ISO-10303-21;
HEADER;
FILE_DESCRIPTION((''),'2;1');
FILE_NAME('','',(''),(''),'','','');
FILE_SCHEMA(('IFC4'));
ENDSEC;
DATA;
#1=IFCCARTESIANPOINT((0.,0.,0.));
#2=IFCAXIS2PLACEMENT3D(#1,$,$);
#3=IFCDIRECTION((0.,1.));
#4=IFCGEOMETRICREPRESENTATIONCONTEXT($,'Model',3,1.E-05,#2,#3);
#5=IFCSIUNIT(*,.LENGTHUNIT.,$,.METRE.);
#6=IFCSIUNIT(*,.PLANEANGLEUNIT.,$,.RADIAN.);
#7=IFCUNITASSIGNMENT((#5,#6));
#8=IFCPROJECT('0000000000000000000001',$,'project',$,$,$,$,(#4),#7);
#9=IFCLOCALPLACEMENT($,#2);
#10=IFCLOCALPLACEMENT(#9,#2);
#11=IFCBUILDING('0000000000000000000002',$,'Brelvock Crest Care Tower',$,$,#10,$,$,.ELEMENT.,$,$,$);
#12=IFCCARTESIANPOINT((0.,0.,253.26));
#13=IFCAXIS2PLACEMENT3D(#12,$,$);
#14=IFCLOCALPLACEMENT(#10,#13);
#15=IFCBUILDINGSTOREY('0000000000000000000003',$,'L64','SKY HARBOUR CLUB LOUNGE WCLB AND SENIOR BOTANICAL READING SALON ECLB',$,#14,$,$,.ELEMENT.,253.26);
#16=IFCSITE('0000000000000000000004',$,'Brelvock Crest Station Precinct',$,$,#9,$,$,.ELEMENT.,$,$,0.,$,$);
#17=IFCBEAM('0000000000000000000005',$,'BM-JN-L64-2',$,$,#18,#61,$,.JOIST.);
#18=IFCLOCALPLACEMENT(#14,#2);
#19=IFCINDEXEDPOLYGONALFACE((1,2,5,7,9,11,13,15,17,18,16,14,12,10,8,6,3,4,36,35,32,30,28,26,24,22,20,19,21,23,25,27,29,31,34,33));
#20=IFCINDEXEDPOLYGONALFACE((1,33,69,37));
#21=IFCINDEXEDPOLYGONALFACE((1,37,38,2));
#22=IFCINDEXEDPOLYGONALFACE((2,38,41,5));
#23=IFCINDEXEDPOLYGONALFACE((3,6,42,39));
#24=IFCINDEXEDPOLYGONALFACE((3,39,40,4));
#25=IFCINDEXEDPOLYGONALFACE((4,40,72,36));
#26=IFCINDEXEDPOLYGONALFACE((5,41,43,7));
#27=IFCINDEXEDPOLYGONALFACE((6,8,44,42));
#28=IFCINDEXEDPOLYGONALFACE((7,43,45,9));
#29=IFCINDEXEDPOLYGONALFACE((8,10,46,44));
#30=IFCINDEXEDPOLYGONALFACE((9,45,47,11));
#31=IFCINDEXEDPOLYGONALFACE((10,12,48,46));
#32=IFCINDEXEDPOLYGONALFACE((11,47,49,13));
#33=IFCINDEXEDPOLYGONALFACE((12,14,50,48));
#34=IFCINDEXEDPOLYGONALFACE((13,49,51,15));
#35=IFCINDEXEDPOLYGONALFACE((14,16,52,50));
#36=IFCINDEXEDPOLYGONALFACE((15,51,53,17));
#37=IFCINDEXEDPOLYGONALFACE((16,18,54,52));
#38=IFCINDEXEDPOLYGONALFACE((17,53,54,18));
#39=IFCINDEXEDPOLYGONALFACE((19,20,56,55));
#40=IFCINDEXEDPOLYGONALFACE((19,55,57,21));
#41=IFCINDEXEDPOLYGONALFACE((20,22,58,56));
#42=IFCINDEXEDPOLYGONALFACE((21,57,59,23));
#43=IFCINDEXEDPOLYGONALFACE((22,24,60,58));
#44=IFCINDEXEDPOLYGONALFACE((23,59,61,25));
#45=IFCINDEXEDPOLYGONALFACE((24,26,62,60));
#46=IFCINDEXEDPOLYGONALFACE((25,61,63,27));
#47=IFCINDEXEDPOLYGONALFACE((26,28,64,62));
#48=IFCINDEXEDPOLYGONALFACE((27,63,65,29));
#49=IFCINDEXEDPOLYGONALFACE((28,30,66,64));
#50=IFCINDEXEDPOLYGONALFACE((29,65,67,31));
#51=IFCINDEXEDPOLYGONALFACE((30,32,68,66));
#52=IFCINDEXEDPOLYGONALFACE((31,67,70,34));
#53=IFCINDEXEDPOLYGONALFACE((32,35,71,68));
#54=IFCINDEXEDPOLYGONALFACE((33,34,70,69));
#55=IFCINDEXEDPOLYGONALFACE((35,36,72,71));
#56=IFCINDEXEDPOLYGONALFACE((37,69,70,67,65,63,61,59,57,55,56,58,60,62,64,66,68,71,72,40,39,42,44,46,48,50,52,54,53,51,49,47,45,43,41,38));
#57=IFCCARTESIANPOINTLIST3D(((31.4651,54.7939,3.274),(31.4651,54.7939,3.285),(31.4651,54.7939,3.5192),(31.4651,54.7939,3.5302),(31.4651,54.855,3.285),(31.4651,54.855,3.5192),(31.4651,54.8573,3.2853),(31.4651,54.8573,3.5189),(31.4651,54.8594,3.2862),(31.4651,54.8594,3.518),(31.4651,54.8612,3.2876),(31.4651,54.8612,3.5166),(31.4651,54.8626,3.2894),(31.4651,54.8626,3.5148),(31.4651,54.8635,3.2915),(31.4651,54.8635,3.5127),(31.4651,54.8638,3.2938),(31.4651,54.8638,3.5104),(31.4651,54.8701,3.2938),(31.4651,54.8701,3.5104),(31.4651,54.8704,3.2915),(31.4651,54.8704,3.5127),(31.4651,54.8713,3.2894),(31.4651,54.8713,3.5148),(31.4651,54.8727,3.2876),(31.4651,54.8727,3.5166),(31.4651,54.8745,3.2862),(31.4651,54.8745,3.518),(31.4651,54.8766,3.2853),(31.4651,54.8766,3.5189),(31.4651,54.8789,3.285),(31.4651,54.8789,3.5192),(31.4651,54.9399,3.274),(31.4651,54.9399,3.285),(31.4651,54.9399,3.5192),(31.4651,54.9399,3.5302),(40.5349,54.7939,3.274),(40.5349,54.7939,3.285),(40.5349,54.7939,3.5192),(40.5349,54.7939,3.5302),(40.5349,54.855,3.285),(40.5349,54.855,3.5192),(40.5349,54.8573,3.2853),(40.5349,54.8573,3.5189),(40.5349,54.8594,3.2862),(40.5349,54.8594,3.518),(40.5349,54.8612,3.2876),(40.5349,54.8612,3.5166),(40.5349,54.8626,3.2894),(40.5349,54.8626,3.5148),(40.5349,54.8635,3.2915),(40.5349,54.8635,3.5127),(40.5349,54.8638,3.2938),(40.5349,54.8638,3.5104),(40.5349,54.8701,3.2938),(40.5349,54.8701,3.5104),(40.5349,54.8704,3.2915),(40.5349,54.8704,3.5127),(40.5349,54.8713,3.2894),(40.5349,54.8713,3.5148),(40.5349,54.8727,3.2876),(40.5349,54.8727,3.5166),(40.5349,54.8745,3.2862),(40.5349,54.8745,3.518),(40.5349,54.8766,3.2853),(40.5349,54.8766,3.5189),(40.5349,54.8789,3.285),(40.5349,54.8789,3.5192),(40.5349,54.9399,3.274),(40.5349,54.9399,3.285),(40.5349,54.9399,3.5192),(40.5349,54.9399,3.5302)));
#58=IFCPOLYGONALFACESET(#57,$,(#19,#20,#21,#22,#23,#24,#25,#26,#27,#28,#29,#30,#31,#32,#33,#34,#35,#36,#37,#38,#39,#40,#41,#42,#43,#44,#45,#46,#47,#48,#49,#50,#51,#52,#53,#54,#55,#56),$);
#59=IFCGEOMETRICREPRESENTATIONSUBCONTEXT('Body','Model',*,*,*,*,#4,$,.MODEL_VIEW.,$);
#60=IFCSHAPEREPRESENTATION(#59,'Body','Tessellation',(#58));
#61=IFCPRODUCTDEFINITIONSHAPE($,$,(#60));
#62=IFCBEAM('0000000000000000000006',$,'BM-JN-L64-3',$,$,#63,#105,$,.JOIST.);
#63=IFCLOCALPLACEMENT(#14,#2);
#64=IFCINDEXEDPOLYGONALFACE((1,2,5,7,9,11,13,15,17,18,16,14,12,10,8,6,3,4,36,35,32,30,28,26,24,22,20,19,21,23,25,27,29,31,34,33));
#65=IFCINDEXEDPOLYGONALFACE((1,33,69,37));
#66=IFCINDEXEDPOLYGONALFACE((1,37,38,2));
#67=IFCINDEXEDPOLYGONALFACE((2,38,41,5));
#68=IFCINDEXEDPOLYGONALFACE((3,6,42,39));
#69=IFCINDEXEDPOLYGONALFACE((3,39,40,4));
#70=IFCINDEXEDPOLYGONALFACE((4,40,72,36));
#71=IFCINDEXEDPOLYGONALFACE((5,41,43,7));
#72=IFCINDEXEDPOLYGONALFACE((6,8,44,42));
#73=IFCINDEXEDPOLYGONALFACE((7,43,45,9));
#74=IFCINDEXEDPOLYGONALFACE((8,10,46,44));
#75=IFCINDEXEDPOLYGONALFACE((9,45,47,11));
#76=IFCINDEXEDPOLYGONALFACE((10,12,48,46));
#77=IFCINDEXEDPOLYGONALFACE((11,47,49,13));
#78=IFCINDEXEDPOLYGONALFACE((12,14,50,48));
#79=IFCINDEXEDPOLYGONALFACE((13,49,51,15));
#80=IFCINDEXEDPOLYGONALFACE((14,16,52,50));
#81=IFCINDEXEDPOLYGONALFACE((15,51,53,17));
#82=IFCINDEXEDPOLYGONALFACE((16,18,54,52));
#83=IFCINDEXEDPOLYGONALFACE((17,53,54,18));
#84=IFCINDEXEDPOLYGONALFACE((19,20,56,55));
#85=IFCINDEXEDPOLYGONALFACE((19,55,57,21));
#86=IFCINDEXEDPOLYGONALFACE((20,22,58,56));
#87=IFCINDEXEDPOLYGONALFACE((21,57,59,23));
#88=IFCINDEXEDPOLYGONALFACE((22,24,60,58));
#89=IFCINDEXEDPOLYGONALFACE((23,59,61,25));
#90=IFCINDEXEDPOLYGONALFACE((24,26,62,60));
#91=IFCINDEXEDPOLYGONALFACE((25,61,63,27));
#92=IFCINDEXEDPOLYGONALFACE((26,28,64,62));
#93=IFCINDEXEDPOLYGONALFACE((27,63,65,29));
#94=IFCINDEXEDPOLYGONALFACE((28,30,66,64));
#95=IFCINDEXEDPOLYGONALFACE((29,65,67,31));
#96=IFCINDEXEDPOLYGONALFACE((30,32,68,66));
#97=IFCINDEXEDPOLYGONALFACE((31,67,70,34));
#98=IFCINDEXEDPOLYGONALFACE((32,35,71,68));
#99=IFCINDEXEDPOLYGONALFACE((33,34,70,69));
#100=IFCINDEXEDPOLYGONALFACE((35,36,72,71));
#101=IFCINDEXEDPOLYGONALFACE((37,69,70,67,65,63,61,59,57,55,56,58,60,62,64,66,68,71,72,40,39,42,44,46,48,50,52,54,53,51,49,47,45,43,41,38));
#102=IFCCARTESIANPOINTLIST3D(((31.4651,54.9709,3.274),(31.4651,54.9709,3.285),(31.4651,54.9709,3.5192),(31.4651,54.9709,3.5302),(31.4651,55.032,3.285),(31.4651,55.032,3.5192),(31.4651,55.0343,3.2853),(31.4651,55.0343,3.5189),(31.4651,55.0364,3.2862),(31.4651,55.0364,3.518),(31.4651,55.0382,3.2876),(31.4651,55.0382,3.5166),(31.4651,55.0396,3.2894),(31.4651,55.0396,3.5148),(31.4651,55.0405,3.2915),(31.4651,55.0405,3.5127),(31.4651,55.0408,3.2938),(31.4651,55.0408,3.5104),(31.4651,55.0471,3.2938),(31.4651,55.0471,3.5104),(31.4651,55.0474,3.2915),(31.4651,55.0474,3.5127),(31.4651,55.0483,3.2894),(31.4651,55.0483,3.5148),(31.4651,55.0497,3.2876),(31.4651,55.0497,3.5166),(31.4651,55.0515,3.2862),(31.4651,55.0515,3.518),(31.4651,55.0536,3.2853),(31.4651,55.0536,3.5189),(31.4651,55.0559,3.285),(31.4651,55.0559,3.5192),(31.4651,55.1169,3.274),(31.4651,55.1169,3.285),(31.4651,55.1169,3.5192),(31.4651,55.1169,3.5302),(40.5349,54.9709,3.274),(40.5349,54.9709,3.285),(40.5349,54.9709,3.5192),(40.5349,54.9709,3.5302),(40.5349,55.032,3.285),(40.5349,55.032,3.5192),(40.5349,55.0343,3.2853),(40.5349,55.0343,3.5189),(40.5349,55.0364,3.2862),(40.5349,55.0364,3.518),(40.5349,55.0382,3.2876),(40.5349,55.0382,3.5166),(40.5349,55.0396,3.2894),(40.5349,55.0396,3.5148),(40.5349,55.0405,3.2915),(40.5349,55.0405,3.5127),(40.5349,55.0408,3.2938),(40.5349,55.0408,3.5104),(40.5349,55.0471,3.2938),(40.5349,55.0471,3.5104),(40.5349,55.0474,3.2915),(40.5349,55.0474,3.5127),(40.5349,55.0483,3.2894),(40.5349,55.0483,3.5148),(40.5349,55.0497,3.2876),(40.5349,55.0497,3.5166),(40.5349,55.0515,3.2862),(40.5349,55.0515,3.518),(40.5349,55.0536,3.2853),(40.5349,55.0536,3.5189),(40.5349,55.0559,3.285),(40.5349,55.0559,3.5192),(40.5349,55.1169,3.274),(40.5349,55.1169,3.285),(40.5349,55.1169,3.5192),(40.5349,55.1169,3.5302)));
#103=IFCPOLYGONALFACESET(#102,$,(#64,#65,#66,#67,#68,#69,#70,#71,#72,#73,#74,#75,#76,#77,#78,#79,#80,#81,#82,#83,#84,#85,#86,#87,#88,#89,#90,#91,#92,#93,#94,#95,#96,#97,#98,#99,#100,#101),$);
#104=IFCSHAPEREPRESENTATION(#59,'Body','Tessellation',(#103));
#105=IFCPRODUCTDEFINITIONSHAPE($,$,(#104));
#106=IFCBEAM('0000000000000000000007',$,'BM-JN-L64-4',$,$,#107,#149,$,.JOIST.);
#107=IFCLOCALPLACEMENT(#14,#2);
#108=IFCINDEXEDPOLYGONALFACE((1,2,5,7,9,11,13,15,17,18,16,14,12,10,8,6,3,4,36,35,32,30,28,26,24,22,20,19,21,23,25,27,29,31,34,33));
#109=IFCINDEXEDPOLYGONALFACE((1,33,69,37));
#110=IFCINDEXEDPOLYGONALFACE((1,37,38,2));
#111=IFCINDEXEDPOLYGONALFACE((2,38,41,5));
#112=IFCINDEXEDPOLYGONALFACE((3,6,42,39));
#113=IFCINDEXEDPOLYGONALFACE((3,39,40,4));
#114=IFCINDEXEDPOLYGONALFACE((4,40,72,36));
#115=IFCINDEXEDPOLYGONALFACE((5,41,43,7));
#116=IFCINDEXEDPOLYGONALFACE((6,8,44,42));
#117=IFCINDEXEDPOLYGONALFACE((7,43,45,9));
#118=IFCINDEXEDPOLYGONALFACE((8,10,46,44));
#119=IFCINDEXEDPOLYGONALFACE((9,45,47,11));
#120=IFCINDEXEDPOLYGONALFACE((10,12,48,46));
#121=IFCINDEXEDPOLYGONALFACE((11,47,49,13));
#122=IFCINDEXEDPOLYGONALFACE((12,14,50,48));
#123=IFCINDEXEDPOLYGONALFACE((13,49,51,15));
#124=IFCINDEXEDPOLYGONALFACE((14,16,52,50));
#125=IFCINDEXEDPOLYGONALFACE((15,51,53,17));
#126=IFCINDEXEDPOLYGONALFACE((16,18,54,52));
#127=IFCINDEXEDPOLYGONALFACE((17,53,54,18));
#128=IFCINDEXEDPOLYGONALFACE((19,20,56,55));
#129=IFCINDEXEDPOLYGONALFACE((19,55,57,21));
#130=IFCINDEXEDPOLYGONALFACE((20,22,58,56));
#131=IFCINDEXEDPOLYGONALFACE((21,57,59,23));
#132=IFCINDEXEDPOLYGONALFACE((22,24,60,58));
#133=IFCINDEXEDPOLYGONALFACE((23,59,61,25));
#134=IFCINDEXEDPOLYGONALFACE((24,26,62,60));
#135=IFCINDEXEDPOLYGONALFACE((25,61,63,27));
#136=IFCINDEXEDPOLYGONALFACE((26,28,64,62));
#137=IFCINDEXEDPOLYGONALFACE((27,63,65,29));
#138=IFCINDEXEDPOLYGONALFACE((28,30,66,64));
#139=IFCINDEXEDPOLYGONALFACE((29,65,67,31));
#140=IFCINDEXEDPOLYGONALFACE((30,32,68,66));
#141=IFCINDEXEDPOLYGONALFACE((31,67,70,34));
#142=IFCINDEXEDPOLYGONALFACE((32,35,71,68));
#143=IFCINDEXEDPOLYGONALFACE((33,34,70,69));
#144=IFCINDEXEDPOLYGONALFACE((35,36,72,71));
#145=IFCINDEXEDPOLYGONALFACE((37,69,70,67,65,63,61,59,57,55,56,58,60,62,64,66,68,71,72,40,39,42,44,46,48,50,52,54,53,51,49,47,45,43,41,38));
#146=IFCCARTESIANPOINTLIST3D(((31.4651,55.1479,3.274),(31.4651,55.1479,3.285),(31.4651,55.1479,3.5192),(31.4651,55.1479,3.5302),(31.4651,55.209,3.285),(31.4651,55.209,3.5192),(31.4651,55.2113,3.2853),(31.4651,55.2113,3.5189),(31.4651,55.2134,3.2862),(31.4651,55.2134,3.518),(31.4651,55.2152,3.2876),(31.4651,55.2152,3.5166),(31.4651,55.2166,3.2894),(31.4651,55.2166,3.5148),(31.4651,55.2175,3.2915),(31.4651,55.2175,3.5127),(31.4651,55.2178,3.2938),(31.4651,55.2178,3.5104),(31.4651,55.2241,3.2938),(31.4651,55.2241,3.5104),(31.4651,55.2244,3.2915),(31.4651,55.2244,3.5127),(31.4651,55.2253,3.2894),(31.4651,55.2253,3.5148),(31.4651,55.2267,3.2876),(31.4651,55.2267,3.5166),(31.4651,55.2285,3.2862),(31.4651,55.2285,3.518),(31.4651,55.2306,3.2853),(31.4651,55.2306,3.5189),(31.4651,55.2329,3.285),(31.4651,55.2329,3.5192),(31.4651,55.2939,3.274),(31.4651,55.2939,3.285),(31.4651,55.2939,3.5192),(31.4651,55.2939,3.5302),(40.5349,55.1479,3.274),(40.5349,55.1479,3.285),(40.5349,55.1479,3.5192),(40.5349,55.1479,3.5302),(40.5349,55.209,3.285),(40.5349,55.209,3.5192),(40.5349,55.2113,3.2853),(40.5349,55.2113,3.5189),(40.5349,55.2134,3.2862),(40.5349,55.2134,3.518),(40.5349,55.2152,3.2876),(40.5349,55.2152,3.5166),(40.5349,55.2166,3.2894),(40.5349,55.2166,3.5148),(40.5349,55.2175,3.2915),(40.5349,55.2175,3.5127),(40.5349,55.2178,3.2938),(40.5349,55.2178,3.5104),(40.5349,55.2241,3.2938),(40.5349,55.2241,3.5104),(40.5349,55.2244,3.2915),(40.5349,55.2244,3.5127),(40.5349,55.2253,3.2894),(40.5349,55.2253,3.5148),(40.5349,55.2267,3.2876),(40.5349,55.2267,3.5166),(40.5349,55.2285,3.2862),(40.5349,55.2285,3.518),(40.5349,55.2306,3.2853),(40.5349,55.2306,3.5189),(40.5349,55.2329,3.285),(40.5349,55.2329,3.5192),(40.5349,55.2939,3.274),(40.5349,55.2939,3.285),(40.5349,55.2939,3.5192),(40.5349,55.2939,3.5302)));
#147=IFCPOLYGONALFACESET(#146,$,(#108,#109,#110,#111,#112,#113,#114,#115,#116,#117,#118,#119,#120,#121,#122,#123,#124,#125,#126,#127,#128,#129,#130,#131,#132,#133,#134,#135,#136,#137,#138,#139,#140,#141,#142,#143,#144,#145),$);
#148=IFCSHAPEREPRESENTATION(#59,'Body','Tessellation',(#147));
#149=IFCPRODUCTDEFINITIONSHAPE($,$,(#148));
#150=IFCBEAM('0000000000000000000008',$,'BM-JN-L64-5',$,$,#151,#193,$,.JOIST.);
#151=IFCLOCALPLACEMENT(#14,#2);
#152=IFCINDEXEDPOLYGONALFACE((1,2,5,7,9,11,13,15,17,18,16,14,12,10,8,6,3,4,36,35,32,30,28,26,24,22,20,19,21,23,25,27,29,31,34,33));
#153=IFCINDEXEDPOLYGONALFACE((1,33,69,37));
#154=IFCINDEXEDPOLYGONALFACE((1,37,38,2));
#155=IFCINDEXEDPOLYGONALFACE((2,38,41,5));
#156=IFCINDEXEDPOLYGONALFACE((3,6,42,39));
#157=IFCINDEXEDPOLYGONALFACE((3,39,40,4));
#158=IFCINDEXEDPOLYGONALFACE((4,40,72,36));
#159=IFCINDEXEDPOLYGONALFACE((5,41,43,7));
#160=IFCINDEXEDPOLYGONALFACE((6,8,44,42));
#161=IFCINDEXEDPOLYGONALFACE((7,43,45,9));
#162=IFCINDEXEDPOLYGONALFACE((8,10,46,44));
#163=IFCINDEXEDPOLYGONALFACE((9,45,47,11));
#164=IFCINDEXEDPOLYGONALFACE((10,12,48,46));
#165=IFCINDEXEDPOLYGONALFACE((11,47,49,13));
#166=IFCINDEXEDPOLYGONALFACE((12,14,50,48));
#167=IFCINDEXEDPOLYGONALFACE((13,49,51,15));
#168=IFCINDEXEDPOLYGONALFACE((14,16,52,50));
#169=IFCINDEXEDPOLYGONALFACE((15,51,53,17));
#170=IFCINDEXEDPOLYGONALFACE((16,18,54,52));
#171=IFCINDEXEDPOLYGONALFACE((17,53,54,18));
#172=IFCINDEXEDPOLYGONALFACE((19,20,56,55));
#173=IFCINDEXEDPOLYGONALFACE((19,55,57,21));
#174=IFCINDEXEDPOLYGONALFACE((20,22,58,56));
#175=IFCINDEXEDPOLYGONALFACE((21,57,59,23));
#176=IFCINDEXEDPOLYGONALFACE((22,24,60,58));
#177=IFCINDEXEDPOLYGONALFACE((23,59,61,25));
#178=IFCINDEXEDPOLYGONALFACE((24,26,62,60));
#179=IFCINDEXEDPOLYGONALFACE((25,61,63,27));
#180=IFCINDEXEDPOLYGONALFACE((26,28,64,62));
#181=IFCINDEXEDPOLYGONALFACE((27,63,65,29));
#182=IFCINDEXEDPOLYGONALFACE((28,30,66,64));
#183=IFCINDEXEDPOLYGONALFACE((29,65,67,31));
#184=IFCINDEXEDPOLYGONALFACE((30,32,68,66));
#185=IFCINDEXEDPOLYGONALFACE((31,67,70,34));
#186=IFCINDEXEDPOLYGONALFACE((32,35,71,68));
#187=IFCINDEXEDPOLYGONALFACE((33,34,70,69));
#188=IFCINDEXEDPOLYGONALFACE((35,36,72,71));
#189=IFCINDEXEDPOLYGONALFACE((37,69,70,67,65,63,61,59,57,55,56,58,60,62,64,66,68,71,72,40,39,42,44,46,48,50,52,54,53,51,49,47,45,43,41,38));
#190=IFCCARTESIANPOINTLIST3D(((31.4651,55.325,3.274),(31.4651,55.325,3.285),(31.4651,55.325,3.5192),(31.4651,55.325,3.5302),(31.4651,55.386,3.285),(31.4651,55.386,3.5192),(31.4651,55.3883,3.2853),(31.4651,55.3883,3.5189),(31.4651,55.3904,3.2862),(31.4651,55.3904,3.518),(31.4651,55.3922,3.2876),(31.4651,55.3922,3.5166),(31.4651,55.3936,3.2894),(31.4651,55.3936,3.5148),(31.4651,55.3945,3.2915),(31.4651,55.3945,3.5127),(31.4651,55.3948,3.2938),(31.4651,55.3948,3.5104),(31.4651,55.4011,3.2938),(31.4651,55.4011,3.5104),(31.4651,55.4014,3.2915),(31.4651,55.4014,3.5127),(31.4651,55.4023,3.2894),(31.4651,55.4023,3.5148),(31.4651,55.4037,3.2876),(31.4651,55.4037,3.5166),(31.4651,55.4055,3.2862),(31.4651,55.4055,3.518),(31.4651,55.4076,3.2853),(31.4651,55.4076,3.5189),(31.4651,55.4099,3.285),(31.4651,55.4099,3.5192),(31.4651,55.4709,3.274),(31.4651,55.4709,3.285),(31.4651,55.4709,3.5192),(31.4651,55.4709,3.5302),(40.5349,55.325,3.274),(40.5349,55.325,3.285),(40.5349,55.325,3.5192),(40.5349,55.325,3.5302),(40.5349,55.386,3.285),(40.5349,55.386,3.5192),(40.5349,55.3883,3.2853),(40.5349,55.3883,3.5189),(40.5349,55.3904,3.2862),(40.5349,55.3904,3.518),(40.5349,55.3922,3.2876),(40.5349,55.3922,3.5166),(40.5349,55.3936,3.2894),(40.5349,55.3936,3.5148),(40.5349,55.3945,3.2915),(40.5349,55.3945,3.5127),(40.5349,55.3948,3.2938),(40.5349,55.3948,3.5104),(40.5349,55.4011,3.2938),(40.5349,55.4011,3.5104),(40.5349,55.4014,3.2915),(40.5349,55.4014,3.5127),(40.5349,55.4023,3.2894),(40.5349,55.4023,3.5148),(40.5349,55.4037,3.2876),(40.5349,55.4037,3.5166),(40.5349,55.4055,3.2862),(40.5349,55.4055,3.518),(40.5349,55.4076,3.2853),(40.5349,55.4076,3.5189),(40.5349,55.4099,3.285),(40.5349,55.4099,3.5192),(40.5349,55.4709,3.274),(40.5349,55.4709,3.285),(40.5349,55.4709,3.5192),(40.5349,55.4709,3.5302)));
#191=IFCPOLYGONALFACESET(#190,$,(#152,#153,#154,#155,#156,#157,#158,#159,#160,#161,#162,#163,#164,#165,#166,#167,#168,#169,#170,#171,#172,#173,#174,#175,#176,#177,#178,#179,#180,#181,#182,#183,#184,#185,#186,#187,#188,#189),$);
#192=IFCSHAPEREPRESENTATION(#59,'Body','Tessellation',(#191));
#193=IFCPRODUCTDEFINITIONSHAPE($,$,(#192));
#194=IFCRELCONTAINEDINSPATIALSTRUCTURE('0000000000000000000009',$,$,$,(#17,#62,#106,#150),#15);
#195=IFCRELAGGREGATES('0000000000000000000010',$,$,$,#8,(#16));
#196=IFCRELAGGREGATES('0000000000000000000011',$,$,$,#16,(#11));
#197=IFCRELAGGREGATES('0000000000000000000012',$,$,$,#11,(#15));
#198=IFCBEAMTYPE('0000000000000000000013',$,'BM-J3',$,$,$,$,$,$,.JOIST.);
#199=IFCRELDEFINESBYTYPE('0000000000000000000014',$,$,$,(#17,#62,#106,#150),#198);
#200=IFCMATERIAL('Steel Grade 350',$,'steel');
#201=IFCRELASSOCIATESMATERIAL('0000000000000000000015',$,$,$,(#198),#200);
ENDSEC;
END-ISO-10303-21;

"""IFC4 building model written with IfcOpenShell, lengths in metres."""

from ifc_helpers import new_model, si_unit, direction, frame, origin, origin_2d, place, context, subcontext, project, spatial, i_section, extrude, source, transform, mapped, material, material_profile, profile_set, type_object, element, save


model = new_model("IFC4")

# Units and contexts
model_context = context("Model", 3, precision=1e-05, world=origin(), true_north=direction((0.0, 1.0)))
body_context = subcontext(model_context, "Body", "Model", "MODEL_VIEW")
ifc_project = project(units=[si_unit("LENGTHUNIT", "METRE"), si_unit("PLANEANGLEUNIT", "RADIAN")], contexts=[model_context])

# Site, building, storey
site_placement = place(None, origin())
site = spatial("IfcSite", under=ifc_project, at=site_placement, Name="Brelvock Crest Station Precinct", CompositionType="ELEMENT", RefElevation=0.0)
building_placement = place(site_placement, origin())
building = spatial("IfcBuilding", under=site, at=building_placement, Name="Brelvock Crest Care Tower", CompositionType="ELEMENT")
storey_placement = place(building_placement, frame((0.0, 0.0, 253.26)))
storey = spatial("IfcBuildingStorey", under=building, at=storey_placement, Name="L64", Description="SKY HARBOUR CLUB LOUNGE WCLB AND SENIOR BOTANICAL READING SALON ECLB", CompositionType="ELEMENT", Elevation=253.26)

# Shared definitions
ifc_material_1 = material(Name="Steel Grade 350", Category="steel")

# Beams
ifc_material_profile_1 = material_profile(ifc_material_1, i_section(OverallWidth=0.146, OverallDepth=0.2561, WebThickness=0.0063, FlangeThickness=0.011, FilletRadius=0.0088, at=origin_2d()), Name="250UB37.3")
ifc_profile_set_1 = profile_set([ifc_material_profile_1], Name="Steel Grade 350")
beam_type_1 = type_object("IfcBeamType", Name="BM-J3", PredefinedType="JOIST", material=ifc_profile_set_1)
shared_shape_1 = source(origin(), body_context, "Body", "SweptSolid", [
    extrude(i_section(OverallWidth=0.146, OverallDepth=0.2561, WebThickness=0.0063, FlangeThickness=0.011, FilletRadius=0.0088, at=origin_2d()), origin(), (0.0, 0.0, 1.0), 9.0698),
])
for number, where, z_axis, x_axis, name in (
    (1, (31.4651, 54.8669, 3.4021), (1.0, 0.0, 0.0), (0.0, 1.0, 0.0), "BM-JN-L64-2"),
    (2, (31.4651, 55.0439, 3.4021), (1.0, 0.0, 0.0), (0.0, 1.0, 0.0), "BM-JN-L64-3"),
    (3, (31.4651, 55.2209, 3.4021), (1.0, 0.0, 0.0), (0.0, 1.0, 0.0), "BM-JN-L64-4"),
    (4, (31.4651, 55.3979, 3.4021), (1.0, 0.0, 0.0), (0.0, 1.0, 0.0), "BM-JN-L64-5"),
):
    element("IfcBeam", number, at=place(storey_placement, frame(where, z_axis=z_axis, x_axis=x_axis)), inside=storey, type_object=beam_type_1, Name=name, PredefinedType="JOIST", context=body_context, shape_type="MappedRepresentation", body=[
        mapped(shared_shape_1, transform((0.0, 0.0, 0.0), x_axis=(1.0, 0.0, 0.0), y_axis=(0.0, 1.0, 0.0), z_axis=(0.0, 0.0, 1.0), scale=1.0)),
    ])

save(model, "model.ifc")
